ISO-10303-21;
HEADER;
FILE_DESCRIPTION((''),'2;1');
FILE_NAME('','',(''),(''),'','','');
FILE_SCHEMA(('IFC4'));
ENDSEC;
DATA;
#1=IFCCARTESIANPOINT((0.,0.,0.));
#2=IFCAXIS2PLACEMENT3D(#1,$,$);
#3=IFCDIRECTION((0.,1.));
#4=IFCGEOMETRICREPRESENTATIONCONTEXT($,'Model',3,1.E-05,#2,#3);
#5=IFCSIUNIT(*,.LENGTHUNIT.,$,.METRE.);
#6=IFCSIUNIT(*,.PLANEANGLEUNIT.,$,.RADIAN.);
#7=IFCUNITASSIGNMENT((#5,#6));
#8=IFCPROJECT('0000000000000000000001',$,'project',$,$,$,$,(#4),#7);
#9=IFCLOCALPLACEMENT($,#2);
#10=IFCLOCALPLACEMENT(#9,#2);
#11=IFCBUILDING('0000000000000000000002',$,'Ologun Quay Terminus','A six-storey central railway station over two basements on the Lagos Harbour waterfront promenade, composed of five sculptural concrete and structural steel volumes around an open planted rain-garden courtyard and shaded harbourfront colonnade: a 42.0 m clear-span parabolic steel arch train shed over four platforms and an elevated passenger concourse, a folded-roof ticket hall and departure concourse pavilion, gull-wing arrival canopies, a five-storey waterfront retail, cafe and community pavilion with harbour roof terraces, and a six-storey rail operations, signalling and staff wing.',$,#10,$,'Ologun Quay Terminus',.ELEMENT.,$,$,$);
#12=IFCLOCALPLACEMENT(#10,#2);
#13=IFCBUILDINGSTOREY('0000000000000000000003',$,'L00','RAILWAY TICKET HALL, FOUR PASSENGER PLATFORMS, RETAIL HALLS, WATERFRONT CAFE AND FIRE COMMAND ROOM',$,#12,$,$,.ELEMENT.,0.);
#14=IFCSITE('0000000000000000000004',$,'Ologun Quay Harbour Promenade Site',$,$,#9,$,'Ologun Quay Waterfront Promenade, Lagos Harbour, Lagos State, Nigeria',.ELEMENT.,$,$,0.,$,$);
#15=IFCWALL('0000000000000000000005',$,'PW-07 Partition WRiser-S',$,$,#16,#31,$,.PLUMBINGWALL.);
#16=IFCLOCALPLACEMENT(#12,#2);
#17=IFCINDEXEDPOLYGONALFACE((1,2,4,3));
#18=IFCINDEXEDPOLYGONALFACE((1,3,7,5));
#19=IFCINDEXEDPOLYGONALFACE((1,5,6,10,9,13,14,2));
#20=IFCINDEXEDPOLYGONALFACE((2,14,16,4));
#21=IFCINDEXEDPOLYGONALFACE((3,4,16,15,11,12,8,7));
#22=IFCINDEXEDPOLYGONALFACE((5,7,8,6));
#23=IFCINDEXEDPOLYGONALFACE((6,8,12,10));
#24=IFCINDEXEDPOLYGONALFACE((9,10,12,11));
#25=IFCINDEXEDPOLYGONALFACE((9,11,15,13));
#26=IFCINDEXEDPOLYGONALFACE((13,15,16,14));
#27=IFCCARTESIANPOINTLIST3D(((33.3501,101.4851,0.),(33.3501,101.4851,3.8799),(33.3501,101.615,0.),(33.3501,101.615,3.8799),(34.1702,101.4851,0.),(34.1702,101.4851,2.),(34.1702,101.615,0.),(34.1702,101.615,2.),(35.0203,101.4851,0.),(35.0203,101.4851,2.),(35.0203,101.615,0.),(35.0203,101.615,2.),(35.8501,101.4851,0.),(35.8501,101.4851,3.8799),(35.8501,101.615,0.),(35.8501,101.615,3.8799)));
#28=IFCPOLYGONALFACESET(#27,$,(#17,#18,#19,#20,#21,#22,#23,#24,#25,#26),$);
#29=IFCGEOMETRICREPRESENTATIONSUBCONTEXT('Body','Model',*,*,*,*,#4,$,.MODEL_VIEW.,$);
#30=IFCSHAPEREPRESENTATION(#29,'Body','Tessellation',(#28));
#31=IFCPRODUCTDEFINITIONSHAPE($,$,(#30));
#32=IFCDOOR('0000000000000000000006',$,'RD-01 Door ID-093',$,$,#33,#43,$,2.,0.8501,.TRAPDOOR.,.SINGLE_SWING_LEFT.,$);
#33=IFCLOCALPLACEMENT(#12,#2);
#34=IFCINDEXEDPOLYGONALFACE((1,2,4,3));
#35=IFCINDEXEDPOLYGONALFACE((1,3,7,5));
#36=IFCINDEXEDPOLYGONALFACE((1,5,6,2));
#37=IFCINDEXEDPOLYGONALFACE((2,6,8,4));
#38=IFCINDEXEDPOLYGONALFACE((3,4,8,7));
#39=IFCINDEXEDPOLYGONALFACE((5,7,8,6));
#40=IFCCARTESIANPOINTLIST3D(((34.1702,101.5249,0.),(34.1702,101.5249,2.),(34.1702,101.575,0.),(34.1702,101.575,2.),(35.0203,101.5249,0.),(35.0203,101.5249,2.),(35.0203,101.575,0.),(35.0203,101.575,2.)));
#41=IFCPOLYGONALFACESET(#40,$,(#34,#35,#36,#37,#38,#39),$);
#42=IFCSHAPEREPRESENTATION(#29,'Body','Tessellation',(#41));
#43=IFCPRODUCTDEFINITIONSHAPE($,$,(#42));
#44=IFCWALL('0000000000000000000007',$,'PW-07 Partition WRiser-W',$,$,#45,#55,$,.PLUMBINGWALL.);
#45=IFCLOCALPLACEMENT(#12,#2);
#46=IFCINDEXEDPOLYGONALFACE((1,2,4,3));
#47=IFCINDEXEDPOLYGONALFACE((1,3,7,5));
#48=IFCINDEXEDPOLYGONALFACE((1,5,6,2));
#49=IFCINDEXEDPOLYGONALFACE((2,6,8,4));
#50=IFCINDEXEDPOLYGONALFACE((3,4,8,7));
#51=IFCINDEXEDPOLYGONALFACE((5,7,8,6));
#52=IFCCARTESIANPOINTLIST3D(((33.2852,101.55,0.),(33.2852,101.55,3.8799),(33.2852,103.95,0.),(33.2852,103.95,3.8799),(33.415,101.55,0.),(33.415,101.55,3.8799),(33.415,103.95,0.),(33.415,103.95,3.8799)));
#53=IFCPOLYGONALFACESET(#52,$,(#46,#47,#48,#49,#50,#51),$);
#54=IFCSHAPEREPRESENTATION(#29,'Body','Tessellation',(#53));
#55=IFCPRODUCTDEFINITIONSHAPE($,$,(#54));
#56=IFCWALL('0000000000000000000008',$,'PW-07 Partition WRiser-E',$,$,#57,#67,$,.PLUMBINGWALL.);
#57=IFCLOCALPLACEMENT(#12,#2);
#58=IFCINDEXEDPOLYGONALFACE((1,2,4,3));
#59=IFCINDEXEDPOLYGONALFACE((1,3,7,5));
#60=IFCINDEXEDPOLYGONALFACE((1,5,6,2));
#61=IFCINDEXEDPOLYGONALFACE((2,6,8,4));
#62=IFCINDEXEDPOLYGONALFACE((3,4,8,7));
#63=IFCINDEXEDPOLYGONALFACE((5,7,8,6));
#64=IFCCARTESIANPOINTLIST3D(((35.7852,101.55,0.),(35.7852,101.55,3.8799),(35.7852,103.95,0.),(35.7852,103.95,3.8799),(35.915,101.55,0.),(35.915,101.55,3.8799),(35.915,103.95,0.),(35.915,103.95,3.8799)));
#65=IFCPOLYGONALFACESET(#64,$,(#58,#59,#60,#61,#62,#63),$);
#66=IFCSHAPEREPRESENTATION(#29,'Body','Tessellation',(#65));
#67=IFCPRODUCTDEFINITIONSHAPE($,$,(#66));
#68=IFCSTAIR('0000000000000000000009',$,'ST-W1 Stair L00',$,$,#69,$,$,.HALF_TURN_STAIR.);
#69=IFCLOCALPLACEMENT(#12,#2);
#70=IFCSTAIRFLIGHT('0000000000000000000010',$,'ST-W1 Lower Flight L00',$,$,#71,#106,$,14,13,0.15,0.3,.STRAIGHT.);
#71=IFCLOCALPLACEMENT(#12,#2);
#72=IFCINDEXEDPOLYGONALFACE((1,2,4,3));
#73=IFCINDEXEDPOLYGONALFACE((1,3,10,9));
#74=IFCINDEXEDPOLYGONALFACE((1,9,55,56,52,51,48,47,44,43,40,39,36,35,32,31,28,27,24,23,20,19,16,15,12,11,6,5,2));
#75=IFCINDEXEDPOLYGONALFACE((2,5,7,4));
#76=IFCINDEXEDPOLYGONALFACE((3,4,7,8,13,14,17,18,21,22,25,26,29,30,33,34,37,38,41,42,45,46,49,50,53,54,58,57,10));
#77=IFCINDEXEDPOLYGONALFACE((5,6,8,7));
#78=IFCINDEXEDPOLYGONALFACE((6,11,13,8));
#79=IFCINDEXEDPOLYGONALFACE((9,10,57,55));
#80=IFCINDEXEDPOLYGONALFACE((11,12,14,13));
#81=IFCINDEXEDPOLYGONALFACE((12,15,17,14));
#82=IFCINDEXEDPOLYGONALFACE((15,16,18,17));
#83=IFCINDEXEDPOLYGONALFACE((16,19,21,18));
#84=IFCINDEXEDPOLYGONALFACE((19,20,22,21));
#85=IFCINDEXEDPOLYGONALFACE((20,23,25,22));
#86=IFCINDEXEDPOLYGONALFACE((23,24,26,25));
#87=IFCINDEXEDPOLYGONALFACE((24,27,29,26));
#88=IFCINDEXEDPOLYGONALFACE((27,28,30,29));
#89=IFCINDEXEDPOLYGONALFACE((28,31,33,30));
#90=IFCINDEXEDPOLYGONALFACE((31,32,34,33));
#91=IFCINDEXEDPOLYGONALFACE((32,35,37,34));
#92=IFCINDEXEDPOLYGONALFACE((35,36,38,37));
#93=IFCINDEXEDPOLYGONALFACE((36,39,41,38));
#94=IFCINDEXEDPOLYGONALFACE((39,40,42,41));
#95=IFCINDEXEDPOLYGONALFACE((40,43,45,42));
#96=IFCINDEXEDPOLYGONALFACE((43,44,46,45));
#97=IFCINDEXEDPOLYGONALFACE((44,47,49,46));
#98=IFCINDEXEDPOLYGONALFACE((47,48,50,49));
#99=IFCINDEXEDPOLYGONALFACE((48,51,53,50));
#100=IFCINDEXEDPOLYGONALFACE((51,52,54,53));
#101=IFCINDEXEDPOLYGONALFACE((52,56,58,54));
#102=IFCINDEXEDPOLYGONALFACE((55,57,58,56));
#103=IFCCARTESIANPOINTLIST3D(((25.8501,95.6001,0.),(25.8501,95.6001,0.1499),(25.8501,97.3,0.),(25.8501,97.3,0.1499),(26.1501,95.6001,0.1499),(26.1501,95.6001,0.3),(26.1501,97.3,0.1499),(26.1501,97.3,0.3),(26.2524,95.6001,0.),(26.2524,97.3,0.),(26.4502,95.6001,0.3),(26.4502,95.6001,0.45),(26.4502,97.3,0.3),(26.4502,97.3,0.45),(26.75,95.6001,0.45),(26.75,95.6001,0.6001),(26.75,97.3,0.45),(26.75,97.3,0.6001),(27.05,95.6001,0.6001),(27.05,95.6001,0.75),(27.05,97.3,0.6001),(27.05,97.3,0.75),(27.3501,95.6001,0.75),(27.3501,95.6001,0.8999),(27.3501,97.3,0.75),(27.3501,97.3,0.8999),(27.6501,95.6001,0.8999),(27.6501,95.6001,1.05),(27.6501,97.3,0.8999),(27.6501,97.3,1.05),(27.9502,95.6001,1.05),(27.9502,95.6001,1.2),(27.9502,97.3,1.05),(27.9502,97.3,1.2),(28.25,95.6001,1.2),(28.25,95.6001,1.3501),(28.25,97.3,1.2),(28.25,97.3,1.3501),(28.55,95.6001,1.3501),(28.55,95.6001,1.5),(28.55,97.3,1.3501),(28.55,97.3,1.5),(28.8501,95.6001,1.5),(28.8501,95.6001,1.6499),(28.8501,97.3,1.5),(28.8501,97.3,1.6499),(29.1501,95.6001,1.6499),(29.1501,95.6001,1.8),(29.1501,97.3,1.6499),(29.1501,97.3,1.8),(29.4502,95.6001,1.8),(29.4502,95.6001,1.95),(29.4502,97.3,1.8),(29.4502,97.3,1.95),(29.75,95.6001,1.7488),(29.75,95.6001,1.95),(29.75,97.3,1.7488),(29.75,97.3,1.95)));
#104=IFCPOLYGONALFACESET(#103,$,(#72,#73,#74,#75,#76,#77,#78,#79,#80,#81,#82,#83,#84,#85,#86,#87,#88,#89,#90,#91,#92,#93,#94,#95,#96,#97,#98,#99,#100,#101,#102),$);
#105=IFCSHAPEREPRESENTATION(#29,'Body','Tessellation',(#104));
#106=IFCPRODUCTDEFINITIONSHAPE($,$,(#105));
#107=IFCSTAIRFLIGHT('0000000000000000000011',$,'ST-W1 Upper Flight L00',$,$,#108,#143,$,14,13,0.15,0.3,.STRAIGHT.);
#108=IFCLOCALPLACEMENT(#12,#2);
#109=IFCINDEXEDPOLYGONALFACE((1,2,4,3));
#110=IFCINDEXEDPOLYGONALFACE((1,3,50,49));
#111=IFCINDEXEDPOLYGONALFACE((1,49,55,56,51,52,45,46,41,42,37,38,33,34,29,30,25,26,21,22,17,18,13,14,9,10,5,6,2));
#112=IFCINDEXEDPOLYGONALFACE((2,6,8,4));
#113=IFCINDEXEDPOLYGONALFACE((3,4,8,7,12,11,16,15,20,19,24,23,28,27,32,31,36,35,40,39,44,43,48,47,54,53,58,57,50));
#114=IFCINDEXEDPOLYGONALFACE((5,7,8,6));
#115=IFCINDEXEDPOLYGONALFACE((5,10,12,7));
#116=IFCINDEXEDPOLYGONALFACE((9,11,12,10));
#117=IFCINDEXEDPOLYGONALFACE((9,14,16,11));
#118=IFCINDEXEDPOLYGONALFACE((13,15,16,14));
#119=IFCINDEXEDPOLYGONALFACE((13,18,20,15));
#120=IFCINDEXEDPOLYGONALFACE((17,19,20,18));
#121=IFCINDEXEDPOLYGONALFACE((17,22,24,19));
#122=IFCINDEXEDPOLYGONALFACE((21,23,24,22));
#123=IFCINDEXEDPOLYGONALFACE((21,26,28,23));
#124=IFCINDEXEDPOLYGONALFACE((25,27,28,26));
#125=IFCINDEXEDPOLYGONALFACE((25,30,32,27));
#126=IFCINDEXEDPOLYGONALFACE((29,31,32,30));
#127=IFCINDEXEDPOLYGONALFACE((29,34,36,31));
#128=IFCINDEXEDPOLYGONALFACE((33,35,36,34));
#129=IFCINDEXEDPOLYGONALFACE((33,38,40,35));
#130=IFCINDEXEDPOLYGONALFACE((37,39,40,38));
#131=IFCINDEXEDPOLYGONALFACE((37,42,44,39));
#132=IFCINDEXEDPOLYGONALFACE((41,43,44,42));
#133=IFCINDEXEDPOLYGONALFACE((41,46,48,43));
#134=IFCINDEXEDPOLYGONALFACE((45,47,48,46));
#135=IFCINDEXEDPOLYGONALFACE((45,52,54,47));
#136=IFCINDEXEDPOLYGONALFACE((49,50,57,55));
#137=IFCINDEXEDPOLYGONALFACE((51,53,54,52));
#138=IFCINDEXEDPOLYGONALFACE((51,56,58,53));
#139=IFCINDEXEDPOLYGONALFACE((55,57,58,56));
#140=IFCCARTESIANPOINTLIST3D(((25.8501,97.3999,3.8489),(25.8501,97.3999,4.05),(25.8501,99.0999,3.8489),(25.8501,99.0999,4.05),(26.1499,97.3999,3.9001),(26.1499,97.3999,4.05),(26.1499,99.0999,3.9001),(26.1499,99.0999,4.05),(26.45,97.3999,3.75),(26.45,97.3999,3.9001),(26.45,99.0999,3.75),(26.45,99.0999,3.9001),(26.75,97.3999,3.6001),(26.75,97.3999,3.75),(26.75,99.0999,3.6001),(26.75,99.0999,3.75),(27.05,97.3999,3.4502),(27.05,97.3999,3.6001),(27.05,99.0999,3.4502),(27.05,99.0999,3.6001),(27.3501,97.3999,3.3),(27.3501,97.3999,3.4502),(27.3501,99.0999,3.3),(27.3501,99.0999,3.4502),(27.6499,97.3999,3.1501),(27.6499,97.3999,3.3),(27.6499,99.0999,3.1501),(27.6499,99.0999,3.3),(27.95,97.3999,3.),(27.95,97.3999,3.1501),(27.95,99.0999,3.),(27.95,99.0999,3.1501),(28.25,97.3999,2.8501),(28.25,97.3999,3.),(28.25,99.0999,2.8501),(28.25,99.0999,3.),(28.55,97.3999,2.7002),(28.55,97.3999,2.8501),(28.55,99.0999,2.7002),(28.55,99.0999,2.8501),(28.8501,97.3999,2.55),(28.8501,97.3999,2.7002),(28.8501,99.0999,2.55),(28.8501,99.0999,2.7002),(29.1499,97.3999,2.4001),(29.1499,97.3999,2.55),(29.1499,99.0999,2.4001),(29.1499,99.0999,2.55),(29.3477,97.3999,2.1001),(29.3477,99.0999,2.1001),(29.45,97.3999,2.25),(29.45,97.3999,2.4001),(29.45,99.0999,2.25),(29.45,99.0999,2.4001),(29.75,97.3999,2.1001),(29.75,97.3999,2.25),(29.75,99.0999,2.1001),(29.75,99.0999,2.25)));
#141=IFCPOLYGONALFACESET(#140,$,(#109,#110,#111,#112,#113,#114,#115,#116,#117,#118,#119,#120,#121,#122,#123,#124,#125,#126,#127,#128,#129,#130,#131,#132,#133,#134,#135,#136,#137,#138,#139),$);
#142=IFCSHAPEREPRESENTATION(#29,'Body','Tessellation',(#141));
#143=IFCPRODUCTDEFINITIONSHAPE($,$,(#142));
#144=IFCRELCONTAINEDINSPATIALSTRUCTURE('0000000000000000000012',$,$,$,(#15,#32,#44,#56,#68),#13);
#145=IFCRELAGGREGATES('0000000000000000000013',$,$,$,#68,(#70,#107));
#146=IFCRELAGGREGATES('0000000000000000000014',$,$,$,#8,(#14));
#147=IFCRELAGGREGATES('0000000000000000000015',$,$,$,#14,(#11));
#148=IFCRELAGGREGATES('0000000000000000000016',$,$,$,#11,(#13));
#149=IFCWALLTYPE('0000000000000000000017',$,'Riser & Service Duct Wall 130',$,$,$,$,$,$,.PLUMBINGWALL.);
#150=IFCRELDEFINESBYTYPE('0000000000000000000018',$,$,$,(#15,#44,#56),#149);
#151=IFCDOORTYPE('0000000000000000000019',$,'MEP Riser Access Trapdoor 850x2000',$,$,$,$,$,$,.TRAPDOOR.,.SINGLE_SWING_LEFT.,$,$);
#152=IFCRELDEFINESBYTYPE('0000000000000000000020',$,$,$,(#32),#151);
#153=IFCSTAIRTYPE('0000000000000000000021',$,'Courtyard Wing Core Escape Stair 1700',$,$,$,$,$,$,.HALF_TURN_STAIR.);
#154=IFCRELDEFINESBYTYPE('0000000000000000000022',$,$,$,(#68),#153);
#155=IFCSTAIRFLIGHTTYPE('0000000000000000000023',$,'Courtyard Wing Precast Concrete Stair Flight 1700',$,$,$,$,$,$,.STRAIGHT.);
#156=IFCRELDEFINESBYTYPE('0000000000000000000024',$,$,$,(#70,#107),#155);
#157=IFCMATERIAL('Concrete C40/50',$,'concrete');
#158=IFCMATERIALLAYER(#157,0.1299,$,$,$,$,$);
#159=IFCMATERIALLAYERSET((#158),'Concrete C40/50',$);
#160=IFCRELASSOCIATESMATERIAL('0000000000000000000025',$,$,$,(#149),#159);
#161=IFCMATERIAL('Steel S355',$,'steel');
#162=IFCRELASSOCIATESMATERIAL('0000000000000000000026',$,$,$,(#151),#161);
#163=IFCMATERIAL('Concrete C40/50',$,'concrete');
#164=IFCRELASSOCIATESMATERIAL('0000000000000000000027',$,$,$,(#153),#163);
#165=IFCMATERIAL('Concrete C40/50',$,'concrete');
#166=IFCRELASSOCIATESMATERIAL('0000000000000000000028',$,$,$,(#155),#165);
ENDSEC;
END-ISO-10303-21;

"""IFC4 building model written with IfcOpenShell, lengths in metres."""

from ifc_helpers import new_model, si_unit, direction, frame, frame_2d, origin, place, context, subcontext, project, spatial, polyline, rectangle, outline, extrude, material, layer, layer_set, type_object, element, fill, aggregate, save


model = new_model("IFC4")

# Units and contexts
model_context = context("Model", 3, precision=1e-05, world=origin(), true_north=direction((0.0, 1.0)))
body_context = subcontext(model_context, "Body", "Model", "MODEL_VIEW")
ifc_project = project(units=[si_unit("LENGTHUNIT", "METRE"), si_unit("PLANEANGLEUNIT", "RADIAN")], contexts=[model_context])

# Site, building, storey
site_placement = place(None, origin())
site = spatial("IfcSite", under=ifc_project, at=site_placement, Name="Ologun Quay Harbour Promenade Site", LongName="Ologun Quay Waterfront Promenade, Lagos Harbour, Lagos State, Nigeria", CompositionType="ELEMENT", RefElevation=0.0)
building_placement = place(site_placement, origin())
building = spatial("IfcBuilding", under=site, at=building_placement, Name="Ologun Quay Terminus", Description="A six-storey central railway station over two basements on the Lagos Harbour waterfront promenade, composed of five sculptural concrete and structural steel volumes around an open planted rain-garden courtyard and shaded harbourfront colonnade: a 42.0 m clear-span parabolic steel arch train shed over four platforms and an elevated passenger concourse, a folded-roof ticket hall and departure concourse pavilion, gull-wing arrival canopies, a five-storey waterfront retail, cafe and community pavilion with harbour roof terraces, and a six-storey rail operations, signalling and staff wing.", LongName="Ologun Quay Terminus", CompositionType="ELEMENT")
storey_placement = place(building_placement, origin())
storey = spatial("IfcBuildingStorey", under=building, at=storey_placement, Name="L00", Description="RAILWAY TICKET HALL, FOUR PASSENGER PLATFORMS, RETAIL HALLS, WATERFRONT CAFE AND FIRE COMMAND ROOM", CompositionType="ELEMENT", Elevation=0.0)

# Wall, opening, door
ifc_material_1 = material(Name="Concrete C40/50", Category="concrete")
ifc_layer_1 = layer(ifc_material_1, 0.1299)
ifc_layer_set_1 = layer_set([ifc_layer_1], Name="Concrete C40/50")
wall_type_1 = type_object("IfcWallType", Name="Riser & Service Duct Wall 130", PredefinedType="PLUMBINGWALL", material=ifc_layer_set_1)
wall_1_placement = place(storey_placement, frame((33.3501, 101.55, 0.0), z_axis=(0.0, 0.0, 1.0), x_axis=(1.0, 0.0, 0.0)))
wall_1 = element("IfcWall", 1, at=wall_1_placement, inside=storey, type_object=wall_type_1, Name="PW-07 Partition WRiser-S", PredefinedType="PLUMBINGWALL", context=body_context, shape_type="SweptSolid", body=[
    extrude(rectangle(XDim=2.5, YDim=0.1299, at=frame_2d((1.25, 0.0))), origin(), (0.0, 0.0, 1.0), 3.8799),
])
opening_1_placement = place(wall_1_placement, frame((0.8201, 0.0, 0.0)))
opening_1 = element("IfcOpeningElement", 2, at=opening_1_placement, cuts=wall_1, PredefinedType="OPENING", context=body_context, shape_type="SweptSolid", body=[
    extrude(rectangle(XDim=0.8501, YDim=2.0, at=frame_2d((0.425, 1.0))), frame((0.0, 0.075, 0.0), z_axis=(0.0, -1.0, 0.0), x_axis=(1.0, 0.0, 0.0)), (0.0, 0.0, 1.0), 0.1499),
])
ifc_material_2 = material(Name="Steel S355", Category="steel")
door_type_1 = type_object("IfcDoorType", Name="MEP Riser Access Trapdoor 850x2000", OperationType="SINGLE_SWING_LEFT", PredefinedType="TRAPDOOR", material=ifc_material_2)
door_1_placement = place(opening_1_placement, origin())
door_1 = element("IfcDoor", 3, at=door_1_placement, inside=storey, type_object=door_type_1, Name="RD-01 Door ID-093", OperationType="SINGLE_SWING_LEFT", OverallHeight=2.0, OverallWidth=0.8501, PredefinedType="TRAPDOOR", context=body_context, shape_type="SweptSolid", body=[
    extrude(rectangle(XDim=0.8501, YDim=2.0, at=frame_2d((0.425, 1.0))), frame((0.0, 0.0249, 0.0), z_axis=(0.0, -1.0, 0.0), x_axis=(1.0, 0.0, 0.0)), (0.0, 0.0, 1.0), 0.05),
])
fill(opening_1, door_1)

# Walls
for number, where, z_axis, x_axis, name in (
    (4, (33.3501, 101.55, 0.0), (0.0, 0.0, 1.0), (0.0, 1.0, 0.0), "PW-07 Partition WRiser-W"),
    (5, (35.8501, 101.55, 0.0), (0.0, 0.0, 1.0), (0.0, 1.0, 0.0), "PW-07 Partition WRiser-E"),
):
    element("IfcWall", number, at=place(storey_placement, frame(where, z_axis=z_axis, x_axis=x_axis)), inside=storey, type_object=wall_type_1, Name=name, PredefinedType="PLUMBINGWALL", context=body_context, shape_type="SweptSolid", body=[
        extrude(rectangle(XDim=2.3999, YDim=0.1299, at=frame_2d((1.2, 0.0))), origin(), (0.0, 0.0, 1.0), 3.8799),
    ])

# Stair, stair flights
ifc_material_3 = material(Name="Concrete C40/50", Category="concrete")
stair_type = type_object("IfcStairType", Name="Courtyard Wing Core Escape Stair 1700", PredefinedType="HALF_TURN_STAIR", material=ifc_material_3)
stair_placement = place(storey_placement, origin())
stair = element("IfcStair", 6, at=stair_placement, inside=storey, type_object=stair_type, Name="ST-W1 Stair L00", PredefinedType="HALF_TURN_STAIR")
ifc_material_4 = material(Name="Concrete C40/50", Category="concrete")
stair_flight_type = type_object("IfcStairFlightType", Name="Courtyard Wing Precast Concrete Stair Flight 1700", PredefinedType="STRAIGHT", material=ifc_material_4)
stair_flight_1_placement = place(storey_placement, frame((25.8501, 96.45, 0.0), z_axis=(0.0, 0.0, 1.0), x_axis=(1.0, 0.0, 0.0)))
stair_flight_1 = element("IfcStairFlight", 7, at=stair_flight_1_placement, type_object=stair_flight_type, Name="ST-W1 Lower Flight L00", NumberOfRisers=14, NumberOfTreads=13, PredefinedType="STRAIGHT", RiserHeight=0.15, TreadLength=0.3, context=body_context, shape_type="SweptSolid", body=[
    extrude(outline(polyline([(0.0, 0.0), (0.0, 0.1499), (0.3, 0.1499), (0.3, 0.3), (0.6001, 0.3), (0.6001, 0.45), (0.8999, 0.45), (0.8999, 0.6001), (1.2, 0.6001), (1.2, 0.75), (1.5, 0.75), (1.5, 0.8999), (1.8, 0.8999), (1.8, 1.05), (2.1001, 1.05), (2.1001, 1.2), (2.3999, 1.2), (2.3999, 1.3501), (2.7, 1.3501), (2.7, 1.5), (3.0, 1.5), (3.0, 1.6499), (3.3, 1.6499), (3.3, 1.8), (3.6001, 1.8), (3.6001, 1.95), (3.8999, 1.95), (3.8999, 2.1001), (3.8999, 1.7488), (0.4023, 0.0), (0.0, 0.0)])), frame((0.0, 0.8501, 0.0), z_axis=(0.0, -1.0, 0.0), x_axis=(1.0, 0.0, 0.0)), (0.0, 0.0, 1.0), 1.7),
])
stair_flight_2_placement = place(storey_placement, frame((29.75, 98.25, 2.1001), z_axis=(0.0, 0.0, 1.0), x_axis=(-1.0, 0.0, 0.0)))
stair_flight_2 = element("IfcStairFlight", 8, at=stair_flight_2_placement, type_object=stair_flight_type, Name="ST-W1 Upper Flight L00", NumberOfRisers=14, NumberOfTreads=13, PredefinedType="STRAIGHT", RiserHeight=0.15, TreadLength=0.3, context=body_context, shape_type="SweptSolid", body=[
    extrude(outline(polyline([(0.0, 0.0), (0.0, 0.1499), (0.3, 0.1499), (0.3, 0.3), (0.6001, 0.3), (0.6001, 0.45), (0.8999, 0.45), (0.8999, 0.6001), (1.2, 0.6001), (1.2, 0.75), (1.5, 0.75), (1.5, 0.8999), (1.8, 0.8999), (1.8, 1.05), (2.1001, 1.05), (2.1001, 1.2), (2.3999, 1.2), (2.3999, 1.3501), (2.7, 1.3501), (2.7, 1.5), (3.0, 1.5), (3.0, 1.6499), (3.3, 1.6499), (3.3, 1.8), (3.6001, 1.8), (3.6001, 1.95), (3.8999, 1.95), (3.8999, 2.1001), (3.8999, 1.7488), (0.4023, 0.0), (0.0, 0.0)])), frame((0.0, 0.8501, 0.0), z_axis=(0.0, -1.0, 0.0), x_axis=(1.0, 0.0, 0.0)), (0.0, 0.0, 1.0), 1.7),
])
aggregate(stair, [stair_flight_1, stair_flight_2])

save(model, "model.ifc")
